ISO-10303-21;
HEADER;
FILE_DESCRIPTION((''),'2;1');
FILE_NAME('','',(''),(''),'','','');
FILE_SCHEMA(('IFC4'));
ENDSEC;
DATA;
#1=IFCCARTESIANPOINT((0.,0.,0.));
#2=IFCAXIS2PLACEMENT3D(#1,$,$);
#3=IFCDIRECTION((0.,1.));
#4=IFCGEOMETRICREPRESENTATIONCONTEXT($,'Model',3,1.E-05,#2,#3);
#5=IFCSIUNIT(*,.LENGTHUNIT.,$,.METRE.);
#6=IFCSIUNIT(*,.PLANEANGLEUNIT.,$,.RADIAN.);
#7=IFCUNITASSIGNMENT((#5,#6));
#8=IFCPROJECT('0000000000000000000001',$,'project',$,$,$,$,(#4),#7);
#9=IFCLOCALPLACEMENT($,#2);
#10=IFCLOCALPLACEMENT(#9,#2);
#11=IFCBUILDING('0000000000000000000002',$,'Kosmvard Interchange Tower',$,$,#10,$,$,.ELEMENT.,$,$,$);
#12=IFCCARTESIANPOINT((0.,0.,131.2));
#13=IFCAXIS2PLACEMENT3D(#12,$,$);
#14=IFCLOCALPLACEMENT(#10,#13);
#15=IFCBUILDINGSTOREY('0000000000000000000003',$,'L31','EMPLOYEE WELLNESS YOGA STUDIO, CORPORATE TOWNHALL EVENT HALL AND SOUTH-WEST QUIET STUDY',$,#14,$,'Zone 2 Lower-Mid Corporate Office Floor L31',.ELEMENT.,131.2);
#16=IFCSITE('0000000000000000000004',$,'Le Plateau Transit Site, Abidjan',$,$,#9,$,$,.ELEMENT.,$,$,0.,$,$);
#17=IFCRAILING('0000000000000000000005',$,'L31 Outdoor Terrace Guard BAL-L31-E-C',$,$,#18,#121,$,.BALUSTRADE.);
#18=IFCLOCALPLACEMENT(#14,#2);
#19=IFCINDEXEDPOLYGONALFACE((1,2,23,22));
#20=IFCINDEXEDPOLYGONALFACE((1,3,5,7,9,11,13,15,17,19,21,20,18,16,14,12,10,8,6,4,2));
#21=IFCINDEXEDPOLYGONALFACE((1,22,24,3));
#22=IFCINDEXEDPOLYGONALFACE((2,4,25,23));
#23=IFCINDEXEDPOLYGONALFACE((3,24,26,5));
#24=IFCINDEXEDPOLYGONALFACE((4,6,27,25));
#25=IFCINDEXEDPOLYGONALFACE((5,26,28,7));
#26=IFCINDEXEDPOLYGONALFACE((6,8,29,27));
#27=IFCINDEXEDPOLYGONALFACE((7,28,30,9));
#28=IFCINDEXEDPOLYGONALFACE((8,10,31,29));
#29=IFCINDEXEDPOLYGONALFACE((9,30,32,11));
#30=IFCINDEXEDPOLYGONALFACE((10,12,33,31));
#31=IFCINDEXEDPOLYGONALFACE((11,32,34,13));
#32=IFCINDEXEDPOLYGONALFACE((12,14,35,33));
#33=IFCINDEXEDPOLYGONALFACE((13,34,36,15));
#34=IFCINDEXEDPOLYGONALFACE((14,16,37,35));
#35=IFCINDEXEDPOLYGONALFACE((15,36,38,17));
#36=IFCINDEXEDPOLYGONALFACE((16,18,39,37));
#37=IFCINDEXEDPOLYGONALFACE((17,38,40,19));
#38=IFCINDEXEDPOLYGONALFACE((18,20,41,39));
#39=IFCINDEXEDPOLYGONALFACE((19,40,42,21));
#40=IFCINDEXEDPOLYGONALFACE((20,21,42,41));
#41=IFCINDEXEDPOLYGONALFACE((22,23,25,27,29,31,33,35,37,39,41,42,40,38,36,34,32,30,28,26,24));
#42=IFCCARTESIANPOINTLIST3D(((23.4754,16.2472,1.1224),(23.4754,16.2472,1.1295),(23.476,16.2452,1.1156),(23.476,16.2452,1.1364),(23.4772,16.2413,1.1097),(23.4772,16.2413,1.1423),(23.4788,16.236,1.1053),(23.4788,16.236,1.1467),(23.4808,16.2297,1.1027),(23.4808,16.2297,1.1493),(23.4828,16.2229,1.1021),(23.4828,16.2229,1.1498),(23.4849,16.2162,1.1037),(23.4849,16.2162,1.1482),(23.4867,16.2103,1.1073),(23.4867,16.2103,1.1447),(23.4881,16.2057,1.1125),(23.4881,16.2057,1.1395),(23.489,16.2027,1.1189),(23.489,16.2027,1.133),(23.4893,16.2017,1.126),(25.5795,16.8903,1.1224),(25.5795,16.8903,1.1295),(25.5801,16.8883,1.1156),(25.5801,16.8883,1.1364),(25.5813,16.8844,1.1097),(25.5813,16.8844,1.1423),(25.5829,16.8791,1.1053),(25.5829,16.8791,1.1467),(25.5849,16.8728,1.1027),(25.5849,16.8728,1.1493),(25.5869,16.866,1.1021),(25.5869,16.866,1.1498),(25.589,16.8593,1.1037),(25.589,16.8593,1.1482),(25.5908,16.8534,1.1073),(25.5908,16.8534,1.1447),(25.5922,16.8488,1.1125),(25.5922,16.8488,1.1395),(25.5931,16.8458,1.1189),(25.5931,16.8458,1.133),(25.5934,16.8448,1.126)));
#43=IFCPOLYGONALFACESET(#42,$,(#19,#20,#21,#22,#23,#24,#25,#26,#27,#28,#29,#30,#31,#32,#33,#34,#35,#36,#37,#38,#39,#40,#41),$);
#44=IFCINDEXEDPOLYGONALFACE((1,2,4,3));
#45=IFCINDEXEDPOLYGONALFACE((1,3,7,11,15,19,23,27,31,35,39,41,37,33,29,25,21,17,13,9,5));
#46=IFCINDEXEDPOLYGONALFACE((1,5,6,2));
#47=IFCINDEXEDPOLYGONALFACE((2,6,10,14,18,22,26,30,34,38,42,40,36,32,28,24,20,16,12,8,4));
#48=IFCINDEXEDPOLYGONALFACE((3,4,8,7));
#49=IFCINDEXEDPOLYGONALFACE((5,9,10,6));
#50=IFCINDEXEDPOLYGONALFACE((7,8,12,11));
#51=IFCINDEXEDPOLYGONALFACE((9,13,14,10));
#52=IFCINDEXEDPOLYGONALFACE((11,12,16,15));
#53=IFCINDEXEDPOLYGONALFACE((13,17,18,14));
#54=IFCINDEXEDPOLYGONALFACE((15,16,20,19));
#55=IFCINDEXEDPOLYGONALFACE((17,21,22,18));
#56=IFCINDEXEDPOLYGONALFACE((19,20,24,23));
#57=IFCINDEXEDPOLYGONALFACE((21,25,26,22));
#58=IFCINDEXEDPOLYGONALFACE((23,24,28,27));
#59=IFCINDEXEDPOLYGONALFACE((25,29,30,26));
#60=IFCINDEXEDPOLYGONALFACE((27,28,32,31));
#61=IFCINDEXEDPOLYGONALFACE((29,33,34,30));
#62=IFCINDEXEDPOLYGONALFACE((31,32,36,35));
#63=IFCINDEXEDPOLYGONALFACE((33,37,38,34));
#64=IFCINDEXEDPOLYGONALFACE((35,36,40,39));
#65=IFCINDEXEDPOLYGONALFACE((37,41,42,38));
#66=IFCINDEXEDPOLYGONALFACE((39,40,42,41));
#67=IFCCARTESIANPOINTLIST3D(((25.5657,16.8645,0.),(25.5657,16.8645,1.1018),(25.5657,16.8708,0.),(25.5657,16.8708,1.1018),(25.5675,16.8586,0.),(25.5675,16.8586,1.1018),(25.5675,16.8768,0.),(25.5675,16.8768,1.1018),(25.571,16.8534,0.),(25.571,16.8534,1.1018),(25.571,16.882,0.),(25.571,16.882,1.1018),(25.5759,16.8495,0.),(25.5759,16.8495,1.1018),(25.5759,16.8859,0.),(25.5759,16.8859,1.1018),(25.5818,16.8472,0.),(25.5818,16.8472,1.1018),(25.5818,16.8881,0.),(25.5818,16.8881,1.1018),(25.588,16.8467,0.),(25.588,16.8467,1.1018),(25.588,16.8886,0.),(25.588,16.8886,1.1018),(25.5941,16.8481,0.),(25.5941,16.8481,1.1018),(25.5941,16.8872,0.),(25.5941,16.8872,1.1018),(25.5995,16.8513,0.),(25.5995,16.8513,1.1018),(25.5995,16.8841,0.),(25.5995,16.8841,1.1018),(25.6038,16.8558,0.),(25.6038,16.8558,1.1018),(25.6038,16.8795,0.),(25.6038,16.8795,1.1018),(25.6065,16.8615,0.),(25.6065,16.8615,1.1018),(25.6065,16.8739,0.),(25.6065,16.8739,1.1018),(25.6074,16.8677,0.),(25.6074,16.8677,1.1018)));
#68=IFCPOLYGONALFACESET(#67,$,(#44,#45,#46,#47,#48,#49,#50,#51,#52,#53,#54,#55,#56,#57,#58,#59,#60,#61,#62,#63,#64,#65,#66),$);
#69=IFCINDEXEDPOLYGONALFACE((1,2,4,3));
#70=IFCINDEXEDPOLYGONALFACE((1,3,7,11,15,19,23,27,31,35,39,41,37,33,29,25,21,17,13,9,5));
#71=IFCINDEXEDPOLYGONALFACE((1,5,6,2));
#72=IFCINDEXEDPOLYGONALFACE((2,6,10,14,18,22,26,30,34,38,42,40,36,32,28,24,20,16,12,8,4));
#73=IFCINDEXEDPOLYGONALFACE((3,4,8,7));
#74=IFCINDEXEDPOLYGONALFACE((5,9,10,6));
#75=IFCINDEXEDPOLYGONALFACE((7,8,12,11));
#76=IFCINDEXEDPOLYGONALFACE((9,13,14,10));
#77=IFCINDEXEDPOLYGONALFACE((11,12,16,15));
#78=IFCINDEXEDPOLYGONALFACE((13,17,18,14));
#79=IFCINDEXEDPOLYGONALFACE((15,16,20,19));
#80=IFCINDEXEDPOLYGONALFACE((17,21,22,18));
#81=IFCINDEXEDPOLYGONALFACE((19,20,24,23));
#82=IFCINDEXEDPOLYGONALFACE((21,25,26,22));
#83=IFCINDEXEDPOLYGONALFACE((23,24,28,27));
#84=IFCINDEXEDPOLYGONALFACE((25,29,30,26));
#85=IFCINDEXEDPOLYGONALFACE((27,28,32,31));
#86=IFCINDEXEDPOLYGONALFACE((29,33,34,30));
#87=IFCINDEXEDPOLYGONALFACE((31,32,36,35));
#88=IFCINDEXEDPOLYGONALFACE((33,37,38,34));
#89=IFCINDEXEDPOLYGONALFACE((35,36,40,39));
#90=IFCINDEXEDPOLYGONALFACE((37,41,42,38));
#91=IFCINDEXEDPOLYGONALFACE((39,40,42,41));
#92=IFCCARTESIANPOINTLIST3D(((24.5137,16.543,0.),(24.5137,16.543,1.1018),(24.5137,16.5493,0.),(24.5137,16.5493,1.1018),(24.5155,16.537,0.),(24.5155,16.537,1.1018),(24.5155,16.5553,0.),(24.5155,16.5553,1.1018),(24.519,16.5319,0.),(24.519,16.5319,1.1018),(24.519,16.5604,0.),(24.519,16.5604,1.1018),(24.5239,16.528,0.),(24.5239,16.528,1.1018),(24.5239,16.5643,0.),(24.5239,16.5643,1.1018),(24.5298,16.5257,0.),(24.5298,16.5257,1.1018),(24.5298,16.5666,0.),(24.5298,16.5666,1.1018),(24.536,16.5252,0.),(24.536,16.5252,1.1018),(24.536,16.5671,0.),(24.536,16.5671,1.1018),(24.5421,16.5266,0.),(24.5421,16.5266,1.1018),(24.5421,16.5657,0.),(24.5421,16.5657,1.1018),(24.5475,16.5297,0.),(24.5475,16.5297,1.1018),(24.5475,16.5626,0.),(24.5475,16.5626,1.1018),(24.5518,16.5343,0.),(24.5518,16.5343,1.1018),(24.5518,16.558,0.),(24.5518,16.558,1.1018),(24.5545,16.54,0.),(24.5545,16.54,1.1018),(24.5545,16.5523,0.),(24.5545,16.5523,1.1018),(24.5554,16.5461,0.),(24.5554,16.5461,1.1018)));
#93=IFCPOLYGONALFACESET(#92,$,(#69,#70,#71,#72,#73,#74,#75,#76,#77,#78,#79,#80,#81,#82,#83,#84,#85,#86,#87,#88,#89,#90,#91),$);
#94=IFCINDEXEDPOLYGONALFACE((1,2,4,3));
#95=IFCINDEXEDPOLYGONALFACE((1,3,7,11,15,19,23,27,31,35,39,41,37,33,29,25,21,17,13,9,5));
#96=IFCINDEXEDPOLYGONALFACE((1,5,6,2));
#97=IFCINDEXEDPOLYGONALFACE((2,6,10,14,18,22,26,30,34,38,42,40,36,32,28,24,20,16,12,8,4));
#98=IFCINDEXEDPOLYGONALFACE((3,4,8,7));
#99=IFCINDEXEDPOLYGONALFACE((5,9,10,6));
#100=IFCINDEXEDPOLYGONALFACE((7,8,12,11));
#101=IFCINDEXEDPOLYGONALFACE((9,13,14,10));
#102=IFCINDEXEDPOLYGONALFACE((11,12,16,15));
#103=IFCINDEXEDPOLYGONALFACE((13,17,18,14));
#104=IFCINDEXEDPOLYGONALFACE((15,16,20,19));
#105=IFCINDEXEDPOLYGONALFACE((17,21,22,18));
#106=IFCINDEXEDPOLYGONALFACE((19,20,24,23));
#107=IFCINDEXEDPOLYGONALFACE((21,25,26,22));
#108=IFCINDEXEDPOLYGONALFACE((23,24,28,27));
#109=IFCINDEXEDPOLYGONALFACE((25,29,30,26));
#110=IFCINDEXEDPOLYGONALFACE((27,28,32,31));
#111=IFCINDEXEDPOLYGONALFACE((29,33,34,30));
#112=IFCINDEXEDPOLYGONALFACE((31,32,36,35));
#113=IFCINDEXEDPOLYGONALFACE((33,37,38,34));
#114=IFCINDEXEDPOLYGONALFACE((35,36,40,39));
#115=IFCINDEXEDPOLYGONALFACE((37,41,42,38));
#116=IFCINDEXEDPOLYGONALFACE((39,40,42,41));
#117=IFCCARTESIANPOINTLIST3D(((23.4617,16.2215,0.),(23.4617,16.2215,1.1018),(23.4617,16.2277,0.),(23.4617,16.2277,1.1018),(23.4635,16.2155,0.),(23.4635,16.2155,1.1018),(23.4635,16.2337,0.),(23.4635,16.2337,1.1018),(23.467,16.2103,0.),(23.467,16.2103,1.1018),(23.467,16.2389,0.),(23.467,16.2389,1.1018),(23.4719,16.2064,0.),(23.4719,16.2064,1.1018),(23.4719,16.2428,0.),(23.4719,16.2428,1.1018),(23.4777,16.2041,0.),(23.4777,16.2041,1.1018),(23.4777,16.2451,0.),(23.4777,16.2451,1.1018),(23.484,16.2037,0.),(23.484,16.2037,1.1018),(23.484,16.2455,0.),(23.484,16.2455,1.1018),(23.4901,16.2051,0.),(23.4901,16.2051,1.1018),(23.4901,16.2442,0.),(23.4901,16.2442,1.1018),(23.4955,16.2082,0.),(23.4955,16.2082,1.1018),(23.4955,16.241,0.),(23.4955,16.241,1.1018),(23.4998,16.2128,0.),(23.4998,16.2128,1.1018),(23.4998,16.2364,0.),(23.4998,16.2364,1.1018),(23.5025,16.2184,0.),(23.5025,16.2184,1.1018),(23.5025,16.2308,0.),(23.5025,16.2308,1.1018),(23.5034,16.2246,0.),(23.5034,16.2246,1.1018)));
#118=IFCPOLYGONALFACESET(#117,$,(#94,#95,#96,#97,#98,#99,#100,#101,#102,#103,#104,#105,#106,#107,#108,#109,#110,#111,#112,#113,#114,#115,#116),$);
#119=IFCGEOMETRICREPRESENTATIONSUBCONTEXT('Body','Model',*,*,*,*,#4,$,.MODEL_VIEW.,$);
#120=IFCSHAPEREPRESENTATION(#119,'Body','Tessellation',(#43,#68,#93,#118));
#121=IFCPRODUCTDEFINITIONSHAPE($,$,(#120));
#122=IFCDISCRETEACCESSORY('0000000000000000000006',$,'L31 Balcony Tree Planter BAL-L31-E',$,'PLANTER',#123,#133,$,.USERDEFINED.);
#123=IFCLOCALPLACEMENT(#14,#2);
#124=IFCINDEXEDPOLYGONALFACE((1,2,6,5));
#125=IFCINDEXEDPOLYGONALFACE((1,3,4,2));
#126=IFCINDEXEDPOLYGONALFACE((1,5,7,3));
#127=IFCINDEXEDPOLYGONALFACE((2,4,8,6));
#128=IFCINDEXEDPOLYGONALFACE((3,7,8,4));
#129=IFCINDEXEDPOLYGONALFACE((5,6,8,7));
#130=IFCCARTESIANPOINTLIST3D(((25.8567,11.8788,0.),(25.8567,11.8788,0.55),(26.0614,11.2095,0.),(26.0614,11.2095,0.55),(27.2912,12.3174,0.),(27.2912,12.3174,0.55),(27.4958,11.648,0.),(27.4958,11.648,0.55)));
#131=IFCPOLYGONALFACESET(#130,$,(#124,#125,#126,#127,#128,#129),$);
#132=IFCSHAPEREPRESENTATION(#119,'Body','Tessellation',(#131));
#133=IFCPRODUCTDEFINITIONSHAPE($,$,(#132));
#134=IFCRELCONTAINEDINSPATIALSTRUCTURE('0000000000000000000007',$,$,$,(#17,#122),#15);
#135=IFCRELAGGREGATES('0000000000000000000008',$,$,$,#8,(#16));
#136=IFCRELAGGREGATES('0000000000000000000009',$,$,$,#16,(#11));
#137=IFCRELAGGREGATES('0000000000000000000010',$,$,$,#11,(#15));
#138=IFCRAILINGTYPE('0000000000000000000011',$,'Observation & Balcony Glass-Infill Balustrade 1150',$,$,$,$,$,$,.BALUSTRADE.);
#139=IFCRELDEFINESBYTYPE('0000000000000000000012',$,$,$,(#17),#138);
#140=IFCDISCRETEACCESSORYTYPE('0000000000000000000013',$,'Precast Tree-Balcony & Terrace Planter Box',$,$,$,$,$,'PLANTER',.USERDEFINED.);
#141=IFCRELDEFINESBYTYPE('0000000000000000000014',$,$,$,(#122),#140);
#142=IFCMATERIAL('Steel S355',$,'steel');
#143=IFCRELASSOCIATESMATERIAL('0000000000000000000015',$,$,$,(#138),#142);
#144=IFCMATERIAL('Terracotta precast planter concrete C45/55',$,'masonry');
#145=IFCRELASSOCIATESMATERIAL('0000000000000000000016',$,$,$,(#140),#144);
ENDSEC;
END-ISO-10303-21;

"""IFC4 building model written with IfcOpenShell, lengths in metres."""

from ifc_helpers import new_model, si_unit, direction, frame, origin, origin_2d, place, context, subcontext, project, spatial, rectangle, circle, extrude, source, transform, mapped, material, type_object, element, save


model = new_model("IFC4")

# Units and contexts
model_context = context("Model", 3, precision=1e-05, world=origin(), true_north=direction((0.0, 1.0)))
body_context = subcontext(model_context, "Body", "Model", "MODEL_VIEW")
ifc_project = project(units=[si_unit("LENGTHUNIT", "METRE"), si_unit("PLANEANGLEUNIT", "RADIAN")], contexts=[model_context])

# Site, building, storey
site_placement = place(None, origin())
site = spatial("IfcSite", under=ifc_project, at=site_placement, Name="Le Plateau Transit Site, Abidjan", CompositionType="ELEMENT", RefElevation=0.0)
building_placement = place(site_placement, origin())
building = spatial("IfcBuilding", under=site, at=building_placement, Name="Kosmvard Interchange Tower", CompositionType="ELEMENT")
storey_placement = place(building_placement, frame((0.0, 0.0, 131.2)))
storey = spatial("IfcBuildingStorey", under=building, at=storey_placement, Name="L31", Description="EMPLOYEE WELLNESS YOGA STUDIO, CORPORATE TOWNHALL EVENT HALL AND SOUTH-WEST QUIET STUDY", LongName="Zone 2 Lower-Mid Corporate Office Floor L31", CompositionType="ELEMENT", Elevation=131.2)

# Shared definitions
ifc_material_1 = material(Name="Steel S355", Category="steel")

# Railing
railing_type = type_object("IfcRailingType", Name="Observation & Balcony Glass-Infill Balustrade 1150", PredefinedType="BALUSTRADE", material=ifc_material_1)
shared_shape_1 = source(origin(), body_context, "Body", "SweptSolid", [
    extrude(circle(Radius=0.0239, at=origin_2d()), frame((0.0, 0.0, 1.126), z_axis=(-0.956329, -0.292292, 0.0), x_axis=(0.292292, -0.956329, 0.0)), (0.0, 0.0, 1.0), 2.2002),
    extrude(circle(Radius=0.021, at=origin_2d()), origin(), (0.0, 0.0, 1.0), 1.1018),
    extrude(circle(Radius=0.021, at=origin_2d()), frame((-1.052, -0.3215, 0.0)), (0.0, 0.0, 1.0), 1.1018),
    extrude(circle(Radius=0.021, at=origin_2d()), frame((-2.104, -0.6431, 0.0)), (0.0, 0.0, 1.0), 1.1018),
])
railing_placement = place(storey_placement, frame((25.5864, 16.8677, 0.0)))
element("IfcRailing", 1, at=railing_placement, inside=storey, type_object=railing_type, Name="L31 Outdoor Terrace Guard BAL-L31-E-C", PredefinedType="BALUSTRADE", context=body_context, shape_type="MappedRepresentation", body=[
    mapped(shared_shape_1, transform((0.0, 0.0, 0.0), scale=1.0)),
])

# Discrete accessory
ifc_material_2 = material(Name="Terracotta precast planter concrete C45/55", Category="masonry")
discrete_accessory_type = type_object("IfcDiscreteAccessoryType", Name="Precast Tree-Balcony & Terrace Planter Box", ElementType="PLANTER", PredefinedType="USERDEFINED", material=ifc_material_2)
shared_shape_2 = source(origin(), body_context, "Body", "SweptSolid", [
    extrude(rectangle(XDim=1.5, YDim=0.7, at=origin_2d()), origin(), (0.0, 0.0, 1.0), 0.55),
])
discrete_accessory_placement = place(storey_placement, frame((26.6763, 11.7634, 0.0), z_axis=(0.0, 0.0, 1.0), x_axis=(0.956305, 0.292372, 0.0)))
element("IfcDiscreteAccessory", 2, at=discrete_accessory_placement, inside=storey, type_object=discrete_accessory_type, Name="L31 Balcony Tree Planter BAL-L31-E", ObjectType="PLANTER", PredefinedType="USERDEFINED", context=body_context, shape_type="MappedRepresentation", body=[
    mapped(shared_shape_2, transform((0.0, 0.0, 0.0), scale=1.0)),
])

save(model, "model.ifc")
